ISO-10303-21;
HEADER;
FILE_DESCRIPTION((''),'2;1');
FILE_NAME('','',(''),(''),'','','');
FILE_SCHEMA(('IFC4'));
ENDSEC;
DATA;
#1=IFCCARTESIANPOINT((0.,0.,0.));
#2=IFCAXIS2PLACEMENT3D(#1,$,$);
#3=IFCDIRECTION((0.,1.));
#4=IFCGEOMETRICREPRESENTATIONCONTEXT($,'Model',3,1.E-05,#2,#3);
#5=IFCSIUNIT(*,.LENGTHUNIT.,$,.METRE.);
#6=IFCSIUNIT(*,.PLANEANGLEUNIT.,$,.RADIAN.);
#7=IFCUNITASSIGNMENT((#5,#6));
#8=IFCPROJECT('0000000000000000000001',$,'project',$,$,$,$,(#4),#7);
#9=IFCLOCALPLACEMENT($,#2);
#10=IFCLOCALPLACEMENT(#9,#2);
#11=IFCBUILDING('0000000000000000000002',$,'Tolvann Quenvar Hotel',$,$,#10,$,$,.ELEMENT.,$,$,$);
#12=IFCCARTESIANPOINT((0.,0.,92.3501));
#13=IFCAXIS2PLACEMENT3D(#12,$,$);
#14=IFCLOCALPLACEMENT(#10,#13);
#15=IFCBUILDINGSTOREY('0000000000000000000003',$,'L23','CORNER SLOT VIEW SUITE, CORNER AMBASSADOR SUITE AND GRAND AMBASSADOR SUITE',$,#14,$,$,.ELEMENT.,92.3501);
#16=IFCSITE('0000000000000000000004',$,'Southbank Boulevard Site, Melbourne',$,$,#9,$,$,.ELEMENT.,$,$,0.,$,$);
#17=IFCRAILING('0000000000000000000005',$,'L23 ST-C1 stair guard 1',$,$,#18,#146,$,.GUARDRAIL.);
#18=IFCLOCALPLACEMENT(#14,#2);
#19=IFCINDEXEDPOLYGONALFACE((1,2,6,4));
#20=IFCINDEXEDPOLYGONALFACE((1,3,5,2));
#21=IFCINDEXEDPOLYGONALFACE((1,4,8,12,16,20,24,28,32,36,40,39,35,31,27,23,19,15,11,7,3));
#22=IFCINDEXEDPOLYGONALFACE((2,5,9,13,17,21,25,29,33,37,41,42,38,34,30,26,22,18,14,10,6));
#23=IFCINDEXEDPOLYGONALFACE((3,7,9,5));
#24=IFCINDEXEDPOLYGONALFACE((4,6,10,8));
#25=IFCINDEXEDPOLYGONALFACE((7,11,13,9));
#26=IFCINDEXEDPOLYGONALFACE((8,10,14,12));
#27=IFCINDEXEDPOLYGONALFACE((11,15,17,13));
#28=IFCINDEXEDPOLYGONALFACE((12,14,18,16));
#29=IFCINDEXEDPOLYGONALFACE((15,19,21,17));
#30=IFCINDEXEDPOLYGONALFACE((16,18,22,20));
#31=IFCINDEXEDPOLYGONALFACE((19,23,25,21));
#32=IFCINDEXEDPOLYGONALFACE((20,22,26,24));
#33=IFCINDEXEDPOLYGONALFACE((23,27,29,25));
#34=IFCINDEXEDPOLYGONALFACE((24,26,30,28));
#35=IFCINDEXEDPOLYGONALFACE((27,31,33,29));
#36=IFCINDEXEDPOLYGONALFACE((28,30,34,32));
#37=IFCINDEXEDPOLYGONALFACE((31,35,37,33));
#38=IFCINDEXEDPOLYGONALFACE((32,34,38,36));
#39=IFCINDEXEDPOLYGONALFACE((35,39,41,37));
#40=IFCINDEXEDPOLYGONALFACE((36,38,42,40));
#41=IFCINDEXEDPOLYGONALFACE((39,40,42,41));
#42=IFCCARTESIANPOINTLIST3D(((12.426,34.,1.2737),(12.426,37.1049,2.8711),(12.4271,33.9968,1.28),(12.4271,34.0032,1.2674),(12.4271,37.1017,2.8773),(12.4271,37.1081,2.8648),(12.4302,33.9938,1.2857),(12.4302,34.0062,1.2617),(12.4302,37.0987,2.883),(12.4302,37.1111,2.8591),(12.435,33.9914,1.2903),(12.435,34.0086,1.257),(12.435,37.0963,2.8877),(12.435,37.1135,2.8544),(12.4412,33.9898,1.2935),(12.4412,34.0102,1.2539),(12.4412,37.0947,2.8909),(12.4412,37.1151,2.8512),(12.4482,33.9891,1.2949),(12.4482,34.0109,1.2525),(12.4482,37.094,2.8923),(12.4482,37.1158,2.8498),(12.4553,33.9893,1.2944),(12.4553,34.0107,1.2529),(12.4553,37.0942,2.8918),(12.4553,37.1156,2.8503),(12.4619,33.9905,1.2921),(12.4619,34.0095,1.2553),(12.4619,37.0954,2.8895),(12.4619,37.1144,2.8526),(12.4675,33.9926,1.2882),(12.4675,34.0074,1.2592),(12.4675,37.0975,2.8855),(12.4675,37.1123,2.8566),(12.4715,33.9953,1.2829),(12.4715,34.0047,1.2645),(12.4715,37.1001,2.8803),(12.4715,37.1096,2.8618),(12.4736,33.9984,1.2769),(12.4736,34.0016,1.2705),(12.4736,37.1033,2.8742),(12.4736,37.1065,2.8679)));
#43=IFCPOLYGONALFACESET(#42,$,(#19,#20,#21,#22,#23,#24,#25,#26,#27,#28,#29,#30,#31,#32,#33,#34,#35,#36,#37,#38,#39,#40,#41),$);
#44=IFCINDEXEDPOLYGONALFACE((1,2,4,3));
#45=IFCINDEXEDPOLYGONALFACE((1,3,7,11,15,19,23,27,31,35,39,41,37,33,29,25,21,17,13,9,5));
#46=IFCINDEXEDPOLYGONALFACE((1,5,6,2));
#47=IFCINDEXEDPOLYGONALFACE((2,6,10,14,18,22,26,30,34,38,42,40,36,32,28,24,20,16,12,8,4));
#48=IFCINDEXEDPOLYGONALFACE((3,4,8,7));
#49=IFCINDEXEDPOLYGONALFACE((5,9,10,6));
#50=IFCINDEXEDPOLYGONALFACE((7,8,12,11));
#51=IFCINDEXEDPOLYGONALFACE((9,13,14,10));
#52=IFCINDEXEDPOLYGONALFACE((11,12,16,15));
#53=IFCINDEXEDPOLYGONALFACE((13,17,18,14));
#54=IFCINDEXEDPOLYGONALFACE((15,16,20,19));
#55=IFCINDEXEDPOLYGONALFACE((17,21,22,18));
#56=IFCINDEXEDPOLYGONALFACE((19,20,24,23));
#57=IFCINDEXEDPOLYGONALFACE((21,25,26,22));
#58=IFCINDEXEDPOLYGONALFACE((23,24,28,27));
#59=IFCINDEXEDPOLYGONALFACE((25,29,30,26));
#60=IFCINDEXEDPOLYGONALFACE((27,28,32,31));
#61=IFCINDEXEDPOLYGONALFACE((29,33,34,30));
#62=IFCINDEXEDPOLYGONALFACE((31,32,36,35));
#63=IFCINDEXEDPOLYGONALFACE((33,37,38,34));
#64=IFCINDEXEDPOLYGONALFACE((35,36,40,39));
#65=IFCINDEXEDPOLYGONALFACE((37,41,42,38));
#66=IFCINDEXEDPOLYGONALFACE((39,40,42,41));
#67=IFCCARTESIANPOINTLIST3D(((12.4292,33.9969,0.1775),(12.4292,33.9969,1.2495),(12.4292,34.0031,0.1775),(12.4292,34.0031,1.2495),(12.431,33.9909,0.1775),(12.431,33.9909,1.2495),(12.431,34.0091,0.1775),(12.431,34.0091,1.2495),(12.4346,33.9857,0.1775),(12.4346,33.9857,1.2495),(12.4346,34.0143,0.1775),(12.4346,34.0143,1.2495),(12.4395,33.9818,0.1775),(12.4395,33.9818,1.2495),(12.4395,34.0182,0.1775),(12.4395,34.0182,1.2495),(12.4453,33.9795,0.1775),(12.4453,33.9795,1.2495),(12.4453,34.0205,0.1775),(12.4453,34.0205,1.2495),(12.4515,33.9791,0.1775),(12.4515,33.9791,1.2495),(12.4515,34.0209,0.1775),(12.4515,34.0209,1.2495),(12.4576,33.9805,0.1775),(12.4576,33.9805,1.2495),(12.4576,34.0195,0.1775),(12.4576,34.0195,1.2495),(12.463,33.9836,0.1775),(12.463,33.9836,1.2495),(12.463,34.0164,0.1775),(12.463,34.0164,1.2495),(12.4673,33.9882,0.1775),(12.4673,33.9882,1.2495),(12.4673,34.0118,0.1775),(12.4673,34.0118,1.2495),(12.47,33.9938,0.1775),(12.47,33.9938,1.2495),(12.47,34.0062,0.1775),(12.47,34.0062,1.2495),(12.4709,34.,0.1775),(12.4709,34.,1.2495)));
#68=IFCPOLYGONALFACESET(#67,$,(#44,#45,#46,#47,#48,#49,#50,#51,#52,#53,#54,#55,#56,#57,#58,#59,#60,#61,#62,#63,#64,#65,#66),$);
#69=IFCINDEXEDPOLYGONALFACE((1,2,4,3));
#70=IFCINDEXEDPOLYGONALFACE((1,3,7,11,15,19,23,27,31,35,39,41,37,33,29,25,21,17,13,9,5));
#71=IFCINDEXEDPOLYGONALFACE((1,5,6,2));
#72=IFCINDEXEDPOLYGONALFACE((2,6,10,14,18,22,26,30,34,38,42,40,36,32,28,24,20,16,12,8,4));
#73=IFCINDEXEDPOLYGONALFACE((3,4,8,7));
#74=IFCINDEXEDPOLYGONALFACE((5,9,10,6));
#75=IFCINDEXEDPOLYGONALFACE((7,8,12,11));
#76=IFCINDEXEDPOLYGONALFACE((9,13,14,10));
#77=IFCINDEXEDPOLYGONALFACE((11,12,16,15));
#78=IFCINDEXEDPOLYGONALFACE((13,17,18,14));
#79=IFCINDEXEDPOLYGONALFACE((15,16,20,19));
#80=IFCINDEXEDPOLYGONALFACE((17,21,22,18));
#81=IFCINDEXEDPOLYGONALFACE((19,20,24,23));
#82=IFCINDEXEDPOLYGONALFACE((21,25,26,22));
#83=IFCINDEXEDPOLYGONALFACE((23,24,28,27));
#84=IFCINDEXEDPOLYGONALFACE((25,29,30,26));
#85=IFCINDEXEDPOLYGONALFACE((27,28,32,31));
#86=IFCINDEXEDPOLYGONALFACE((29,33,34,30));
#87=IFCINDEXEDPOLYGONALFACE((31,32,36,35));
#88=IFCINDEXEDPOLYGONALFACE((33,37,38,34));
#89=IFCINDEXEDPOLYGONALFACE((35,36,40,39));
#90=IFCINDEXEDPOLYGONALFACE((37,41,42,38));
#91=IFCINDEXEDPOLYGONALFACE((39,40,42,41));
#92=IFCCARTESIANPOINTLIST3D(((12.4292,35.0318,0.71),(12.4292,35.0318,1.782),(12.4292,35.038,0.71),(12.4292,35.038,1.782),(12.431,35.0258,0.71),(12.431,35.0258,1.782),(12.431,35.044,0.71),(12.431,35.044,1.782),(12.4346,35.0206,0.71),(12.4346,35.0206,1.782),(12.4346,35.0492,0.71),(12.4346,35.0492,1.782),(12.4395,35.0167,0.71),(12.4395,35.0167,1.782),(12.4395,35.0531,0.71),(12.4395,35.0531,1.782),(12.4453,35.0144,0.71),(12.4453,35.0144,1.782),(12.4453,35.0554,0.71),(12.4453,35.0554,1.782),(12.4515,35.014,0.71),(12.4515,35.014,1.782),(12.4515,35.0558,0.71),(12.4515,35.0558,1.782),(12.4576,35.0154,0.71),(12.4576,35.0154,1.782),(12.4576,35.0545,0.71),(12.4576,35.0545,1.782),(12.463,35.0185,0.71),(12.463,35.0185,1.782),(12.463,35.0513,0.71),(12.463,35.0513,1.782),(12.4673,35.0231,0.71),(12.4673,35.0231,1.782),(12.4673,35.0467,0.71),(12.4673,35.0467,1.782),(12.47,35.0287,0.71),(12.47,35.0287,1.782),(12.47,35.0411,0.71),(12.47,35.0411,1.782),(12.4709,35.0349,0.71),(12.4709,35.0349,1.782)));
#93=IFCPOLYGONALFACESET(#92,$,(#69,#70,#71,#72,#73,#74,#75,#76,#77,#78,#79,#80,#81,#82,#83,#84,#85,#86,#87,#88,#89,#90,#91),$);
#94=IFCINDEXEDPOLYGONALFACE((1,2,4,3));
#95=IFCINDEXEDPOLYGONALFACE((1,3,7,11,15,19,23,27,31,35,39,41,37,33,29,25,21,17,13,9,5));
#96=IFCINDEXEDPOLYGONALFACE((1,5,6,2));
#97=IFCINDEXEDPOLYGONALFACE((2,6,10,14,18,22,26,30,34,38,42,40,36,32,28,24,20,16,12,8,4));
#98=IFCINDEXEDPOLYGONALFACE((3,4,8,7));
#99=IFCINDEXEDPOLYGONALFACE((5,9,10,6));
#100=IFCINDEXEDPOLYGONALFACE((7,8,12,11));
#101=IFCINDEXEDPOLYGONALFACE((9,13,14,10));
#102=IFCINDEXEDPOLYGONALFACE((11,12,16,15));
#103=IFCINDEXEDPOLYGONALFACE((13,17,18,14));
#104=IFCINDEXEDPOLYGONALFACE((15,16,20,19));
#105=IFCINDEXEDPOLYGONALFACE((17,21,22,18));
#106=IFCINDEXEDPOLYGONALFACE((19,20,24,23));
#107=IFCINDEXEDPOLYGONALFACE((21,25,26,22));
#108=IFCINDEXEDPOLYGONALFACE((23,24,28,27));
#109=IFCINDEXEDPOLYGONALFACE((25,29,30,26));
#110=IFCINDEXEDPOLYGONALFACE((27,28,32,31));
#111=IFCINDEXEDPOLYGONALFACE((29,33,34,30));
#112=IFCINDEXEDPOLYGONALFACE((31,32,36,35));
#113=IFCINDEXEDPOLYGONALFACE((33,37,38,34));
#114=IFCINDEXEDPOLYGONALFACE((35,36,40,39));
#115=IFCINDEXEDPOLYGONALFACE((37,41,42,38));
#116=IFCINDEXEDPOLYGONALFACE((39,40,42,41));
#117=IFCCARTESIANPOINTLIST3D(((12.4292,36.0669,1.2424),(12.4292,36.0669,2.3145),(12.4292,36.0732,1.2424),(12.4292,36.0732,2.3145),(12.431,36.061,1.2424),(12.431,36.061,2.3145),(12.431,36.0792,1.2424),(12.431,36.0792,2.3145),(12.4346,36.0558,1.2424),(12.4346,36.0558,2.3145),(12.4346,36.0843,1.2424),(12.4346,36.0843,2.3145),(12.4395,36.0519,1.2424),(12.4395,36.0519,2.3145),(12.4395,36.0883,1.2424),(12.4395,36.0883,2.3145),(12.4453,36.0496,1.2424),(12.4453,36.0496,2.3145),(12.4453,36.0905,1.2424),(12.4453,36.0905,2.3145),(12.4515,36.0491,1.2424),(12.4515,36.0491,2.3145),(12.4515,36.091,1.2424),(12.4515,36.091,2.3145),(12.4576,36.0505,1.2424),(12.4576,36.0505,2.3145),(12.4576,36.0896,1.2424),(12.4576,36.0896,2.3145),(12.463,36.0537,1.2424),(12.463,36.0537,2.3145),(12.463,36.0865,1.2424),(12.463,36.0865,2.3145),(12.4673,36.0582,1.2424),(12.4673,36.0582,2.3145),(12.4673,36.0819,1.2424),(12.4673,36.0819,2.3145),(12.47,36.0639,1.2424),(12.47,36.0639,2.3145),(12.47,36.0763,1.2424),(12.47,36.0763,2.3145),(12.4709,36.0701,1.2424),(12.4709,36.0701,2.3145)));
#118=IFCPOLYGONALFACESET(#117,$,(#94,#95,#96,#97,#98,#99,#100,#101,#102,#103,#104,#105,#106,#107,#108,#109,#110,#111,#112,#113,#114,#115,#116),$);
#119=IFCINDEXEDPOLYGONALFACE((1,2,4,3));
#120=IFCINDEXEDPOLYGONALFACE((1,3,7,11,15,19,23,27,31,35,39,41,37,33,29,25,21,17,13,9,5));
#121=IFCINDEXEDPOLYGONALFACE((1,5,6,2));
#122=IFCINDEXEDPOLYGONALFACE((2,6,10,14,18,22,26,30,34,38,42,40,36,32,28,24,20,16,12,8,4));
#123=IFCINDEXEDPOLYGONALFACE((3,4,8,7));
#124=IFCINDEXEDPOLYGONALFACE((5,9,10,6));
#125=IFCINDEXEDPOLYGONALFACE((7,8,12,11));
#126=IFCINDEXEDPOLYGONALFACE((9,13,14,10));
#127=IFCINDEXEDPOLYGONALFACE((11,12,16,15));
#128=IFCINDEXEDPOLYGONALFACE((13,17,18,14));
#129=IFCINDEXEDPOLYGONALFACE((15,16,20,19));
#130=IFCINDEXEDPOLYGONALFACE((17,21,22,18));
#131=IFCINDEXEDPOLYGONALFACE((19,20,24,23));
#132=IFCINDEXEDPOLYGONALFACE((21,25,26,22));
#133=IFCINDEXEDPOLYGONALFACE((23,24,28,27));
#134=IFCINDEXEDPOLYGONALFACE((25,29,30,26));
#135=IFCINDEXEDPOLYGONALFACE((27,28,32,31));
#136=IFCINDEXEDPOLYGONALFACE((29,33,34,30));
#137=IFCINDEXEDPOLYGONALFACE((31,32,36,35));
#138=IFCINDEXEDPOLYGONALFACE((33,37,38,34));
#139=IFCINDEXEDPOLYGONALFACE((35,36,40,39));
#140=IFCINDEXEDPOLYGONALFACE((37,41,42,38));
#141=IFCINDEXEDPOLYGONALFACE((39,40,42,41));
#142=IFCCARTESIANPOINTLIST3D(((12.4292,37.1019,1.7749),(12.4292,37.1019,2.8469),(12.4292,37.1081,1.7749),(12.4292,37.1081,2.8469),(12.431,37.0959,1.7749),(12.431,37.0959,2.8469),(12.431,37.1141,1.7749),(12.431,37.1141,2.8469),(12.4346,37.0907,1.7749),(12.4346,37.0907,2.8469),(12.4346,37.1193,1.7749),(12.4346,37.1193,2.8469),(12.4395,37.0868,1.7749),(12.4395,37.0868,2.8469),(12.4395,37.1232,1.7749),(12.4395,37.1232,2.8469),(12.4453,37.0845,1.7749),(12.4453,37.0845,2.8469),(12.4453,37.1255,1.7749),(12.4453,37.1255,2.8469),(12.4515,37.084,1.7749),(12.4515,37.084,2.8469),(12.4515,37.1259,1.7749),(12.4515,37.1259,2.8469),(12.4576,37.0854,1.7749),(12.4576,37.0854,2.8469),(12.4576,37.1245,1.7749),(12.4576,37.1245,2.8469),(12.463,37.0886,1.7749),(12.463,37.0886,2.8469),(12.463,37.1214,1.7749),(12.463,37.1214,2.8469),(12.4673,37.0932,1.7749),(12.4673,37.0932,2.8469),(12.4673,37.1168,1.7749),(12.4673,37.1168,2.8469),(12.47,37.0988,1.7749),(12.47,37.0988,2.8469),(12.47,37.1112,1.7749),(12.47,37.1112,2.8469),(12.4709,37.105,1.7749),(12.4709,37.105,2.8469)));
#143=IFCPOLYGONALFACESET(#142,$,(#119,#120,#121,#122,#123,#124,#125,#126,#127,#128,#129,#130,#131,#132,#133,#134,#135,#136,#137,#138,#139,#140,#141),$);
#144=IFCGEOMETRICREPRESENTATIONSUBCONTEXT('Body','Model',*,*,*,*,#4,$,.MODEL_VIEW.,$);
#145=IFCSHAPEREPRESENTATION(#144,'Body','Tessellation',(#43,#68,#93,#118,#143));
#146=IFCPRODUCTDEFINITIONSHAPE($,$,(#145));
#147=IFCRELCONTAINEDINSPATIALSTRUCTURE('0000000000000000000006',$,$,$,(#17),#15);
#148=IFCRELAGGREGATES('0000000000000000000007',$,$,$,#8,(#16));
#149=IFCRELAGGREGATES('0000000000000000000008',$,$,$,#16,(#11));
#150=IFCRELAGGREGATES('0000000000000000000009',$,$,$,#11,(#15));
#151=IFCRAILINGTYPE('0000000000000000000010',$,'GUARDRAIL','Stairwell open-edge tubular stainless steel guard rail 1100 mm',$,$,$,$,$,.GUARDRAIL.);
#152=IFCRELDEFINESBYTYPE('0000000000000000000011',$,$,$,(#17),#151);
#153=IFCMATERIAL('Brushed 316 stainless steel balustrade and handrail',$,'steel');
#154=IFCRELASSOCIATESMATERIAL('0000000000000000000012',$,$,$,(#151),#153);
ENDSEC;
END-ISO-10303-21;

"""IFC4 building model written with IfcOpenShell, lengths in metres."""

from ifc_helpers import new_model, si_unit, direction, frame, origin, origin_2d, place, context, subcontext, project, spatial, circle, extrude, material, type_object, element, save


model = new_model("IFC4")

# Units and contexts
model_context = context("Model", 3, precision=1e-05, world=origin(), true_north=direction((0.0, 1.0)))
body_context = subcontext(model_context, "Body", "Model", "MODEL_VIEW")
ifc_project = project(units=[si_unit("LENGTHUNIT", "METRE"), si_unit("PLANEANGLEUNIT", "RADIAN")], contexts=[model_context])

# Site, building, storey
site_placement = place(None, origin())
site = spatial("IfcSite", under=ifc_project, at=site_placement, Name="Southbank Boulevard Site, Melbourne", CompositionType="ELEMENT", RefElevation=0.0)
building_placement = place(site_placement, origin())
building = spatial("IfcBuilding", under=site, at=building_placement, Name="Tolvann Quenvar Hotel", CompositionType="ELEMENT")
storey_placement = place(building_placement, frame((0.0, 0.0, 92.3501)))
storey = spatial("IfcBuildingStorey", under=building, at=storey_placement, Name="L23", Description="CORNER SLOT VIEW SUITE, CORNER AMBASSADOR SUITE AND GRAND AMBASSADOR SUITE", CompositionType="ELEMENT", Elevation=92.3501)

# Railing
ifc_material_1 = material(Name="Brushed 316 stainless steel balustrade and handrail", Category="steel")
railing_type_1 = type_object("IfcRailingType", Name="GUARDRAIL", Description="Stairwell open-edge tubular stainless steel guard rail 1100 mm", PredefinedType="GUARDRAIL", material=ifc_material_1)
railing_1_placement = place(storey_placement, frame((12.45, 34.0, 0.1775)))
element("IfcRailing", 1, at=railing_1_placement, inside=storey, type_object=railing_type_1, Name="L23 ST-C1 stair guard 1", PredefinedType="GUARDRAIL", context=body_context, shape_type="SweptSolid", body=[
    extrude(circle(Radius=0.0239, at=origin_2d()), frame((0.0, 0.0, 1.0962), z_axis=(0.0, 0.889222, 0.457476), x_axis=(-1.0, 0.0, 0.0)), (0.0, 0.0, 1.0), 3.4917),
    extrude(circle(Radius=0.021, at=origin_2d()), origin(), (0.0, 0.0, 1.0), 1.072),
    extrude(circle(Radius=0.021, at=origin_2d()), frame((0.0, 1.0349, 0.5325)), (0.0, 0.0, 1.0), 1.072),
    extrude(circle(Radius=0.021, at=origin_2d()), frame((0.0, 2.0701, 1.0649)), (0.0, 0.0, 1.0), 1.072),
    extrude(circle(Radius=0.021, at=origin_2d()), frame((0.0, 3.105, 1.5974)), (0.0, 0.0, 1.0), 1.072),
])

save(model, "model.ifc")
